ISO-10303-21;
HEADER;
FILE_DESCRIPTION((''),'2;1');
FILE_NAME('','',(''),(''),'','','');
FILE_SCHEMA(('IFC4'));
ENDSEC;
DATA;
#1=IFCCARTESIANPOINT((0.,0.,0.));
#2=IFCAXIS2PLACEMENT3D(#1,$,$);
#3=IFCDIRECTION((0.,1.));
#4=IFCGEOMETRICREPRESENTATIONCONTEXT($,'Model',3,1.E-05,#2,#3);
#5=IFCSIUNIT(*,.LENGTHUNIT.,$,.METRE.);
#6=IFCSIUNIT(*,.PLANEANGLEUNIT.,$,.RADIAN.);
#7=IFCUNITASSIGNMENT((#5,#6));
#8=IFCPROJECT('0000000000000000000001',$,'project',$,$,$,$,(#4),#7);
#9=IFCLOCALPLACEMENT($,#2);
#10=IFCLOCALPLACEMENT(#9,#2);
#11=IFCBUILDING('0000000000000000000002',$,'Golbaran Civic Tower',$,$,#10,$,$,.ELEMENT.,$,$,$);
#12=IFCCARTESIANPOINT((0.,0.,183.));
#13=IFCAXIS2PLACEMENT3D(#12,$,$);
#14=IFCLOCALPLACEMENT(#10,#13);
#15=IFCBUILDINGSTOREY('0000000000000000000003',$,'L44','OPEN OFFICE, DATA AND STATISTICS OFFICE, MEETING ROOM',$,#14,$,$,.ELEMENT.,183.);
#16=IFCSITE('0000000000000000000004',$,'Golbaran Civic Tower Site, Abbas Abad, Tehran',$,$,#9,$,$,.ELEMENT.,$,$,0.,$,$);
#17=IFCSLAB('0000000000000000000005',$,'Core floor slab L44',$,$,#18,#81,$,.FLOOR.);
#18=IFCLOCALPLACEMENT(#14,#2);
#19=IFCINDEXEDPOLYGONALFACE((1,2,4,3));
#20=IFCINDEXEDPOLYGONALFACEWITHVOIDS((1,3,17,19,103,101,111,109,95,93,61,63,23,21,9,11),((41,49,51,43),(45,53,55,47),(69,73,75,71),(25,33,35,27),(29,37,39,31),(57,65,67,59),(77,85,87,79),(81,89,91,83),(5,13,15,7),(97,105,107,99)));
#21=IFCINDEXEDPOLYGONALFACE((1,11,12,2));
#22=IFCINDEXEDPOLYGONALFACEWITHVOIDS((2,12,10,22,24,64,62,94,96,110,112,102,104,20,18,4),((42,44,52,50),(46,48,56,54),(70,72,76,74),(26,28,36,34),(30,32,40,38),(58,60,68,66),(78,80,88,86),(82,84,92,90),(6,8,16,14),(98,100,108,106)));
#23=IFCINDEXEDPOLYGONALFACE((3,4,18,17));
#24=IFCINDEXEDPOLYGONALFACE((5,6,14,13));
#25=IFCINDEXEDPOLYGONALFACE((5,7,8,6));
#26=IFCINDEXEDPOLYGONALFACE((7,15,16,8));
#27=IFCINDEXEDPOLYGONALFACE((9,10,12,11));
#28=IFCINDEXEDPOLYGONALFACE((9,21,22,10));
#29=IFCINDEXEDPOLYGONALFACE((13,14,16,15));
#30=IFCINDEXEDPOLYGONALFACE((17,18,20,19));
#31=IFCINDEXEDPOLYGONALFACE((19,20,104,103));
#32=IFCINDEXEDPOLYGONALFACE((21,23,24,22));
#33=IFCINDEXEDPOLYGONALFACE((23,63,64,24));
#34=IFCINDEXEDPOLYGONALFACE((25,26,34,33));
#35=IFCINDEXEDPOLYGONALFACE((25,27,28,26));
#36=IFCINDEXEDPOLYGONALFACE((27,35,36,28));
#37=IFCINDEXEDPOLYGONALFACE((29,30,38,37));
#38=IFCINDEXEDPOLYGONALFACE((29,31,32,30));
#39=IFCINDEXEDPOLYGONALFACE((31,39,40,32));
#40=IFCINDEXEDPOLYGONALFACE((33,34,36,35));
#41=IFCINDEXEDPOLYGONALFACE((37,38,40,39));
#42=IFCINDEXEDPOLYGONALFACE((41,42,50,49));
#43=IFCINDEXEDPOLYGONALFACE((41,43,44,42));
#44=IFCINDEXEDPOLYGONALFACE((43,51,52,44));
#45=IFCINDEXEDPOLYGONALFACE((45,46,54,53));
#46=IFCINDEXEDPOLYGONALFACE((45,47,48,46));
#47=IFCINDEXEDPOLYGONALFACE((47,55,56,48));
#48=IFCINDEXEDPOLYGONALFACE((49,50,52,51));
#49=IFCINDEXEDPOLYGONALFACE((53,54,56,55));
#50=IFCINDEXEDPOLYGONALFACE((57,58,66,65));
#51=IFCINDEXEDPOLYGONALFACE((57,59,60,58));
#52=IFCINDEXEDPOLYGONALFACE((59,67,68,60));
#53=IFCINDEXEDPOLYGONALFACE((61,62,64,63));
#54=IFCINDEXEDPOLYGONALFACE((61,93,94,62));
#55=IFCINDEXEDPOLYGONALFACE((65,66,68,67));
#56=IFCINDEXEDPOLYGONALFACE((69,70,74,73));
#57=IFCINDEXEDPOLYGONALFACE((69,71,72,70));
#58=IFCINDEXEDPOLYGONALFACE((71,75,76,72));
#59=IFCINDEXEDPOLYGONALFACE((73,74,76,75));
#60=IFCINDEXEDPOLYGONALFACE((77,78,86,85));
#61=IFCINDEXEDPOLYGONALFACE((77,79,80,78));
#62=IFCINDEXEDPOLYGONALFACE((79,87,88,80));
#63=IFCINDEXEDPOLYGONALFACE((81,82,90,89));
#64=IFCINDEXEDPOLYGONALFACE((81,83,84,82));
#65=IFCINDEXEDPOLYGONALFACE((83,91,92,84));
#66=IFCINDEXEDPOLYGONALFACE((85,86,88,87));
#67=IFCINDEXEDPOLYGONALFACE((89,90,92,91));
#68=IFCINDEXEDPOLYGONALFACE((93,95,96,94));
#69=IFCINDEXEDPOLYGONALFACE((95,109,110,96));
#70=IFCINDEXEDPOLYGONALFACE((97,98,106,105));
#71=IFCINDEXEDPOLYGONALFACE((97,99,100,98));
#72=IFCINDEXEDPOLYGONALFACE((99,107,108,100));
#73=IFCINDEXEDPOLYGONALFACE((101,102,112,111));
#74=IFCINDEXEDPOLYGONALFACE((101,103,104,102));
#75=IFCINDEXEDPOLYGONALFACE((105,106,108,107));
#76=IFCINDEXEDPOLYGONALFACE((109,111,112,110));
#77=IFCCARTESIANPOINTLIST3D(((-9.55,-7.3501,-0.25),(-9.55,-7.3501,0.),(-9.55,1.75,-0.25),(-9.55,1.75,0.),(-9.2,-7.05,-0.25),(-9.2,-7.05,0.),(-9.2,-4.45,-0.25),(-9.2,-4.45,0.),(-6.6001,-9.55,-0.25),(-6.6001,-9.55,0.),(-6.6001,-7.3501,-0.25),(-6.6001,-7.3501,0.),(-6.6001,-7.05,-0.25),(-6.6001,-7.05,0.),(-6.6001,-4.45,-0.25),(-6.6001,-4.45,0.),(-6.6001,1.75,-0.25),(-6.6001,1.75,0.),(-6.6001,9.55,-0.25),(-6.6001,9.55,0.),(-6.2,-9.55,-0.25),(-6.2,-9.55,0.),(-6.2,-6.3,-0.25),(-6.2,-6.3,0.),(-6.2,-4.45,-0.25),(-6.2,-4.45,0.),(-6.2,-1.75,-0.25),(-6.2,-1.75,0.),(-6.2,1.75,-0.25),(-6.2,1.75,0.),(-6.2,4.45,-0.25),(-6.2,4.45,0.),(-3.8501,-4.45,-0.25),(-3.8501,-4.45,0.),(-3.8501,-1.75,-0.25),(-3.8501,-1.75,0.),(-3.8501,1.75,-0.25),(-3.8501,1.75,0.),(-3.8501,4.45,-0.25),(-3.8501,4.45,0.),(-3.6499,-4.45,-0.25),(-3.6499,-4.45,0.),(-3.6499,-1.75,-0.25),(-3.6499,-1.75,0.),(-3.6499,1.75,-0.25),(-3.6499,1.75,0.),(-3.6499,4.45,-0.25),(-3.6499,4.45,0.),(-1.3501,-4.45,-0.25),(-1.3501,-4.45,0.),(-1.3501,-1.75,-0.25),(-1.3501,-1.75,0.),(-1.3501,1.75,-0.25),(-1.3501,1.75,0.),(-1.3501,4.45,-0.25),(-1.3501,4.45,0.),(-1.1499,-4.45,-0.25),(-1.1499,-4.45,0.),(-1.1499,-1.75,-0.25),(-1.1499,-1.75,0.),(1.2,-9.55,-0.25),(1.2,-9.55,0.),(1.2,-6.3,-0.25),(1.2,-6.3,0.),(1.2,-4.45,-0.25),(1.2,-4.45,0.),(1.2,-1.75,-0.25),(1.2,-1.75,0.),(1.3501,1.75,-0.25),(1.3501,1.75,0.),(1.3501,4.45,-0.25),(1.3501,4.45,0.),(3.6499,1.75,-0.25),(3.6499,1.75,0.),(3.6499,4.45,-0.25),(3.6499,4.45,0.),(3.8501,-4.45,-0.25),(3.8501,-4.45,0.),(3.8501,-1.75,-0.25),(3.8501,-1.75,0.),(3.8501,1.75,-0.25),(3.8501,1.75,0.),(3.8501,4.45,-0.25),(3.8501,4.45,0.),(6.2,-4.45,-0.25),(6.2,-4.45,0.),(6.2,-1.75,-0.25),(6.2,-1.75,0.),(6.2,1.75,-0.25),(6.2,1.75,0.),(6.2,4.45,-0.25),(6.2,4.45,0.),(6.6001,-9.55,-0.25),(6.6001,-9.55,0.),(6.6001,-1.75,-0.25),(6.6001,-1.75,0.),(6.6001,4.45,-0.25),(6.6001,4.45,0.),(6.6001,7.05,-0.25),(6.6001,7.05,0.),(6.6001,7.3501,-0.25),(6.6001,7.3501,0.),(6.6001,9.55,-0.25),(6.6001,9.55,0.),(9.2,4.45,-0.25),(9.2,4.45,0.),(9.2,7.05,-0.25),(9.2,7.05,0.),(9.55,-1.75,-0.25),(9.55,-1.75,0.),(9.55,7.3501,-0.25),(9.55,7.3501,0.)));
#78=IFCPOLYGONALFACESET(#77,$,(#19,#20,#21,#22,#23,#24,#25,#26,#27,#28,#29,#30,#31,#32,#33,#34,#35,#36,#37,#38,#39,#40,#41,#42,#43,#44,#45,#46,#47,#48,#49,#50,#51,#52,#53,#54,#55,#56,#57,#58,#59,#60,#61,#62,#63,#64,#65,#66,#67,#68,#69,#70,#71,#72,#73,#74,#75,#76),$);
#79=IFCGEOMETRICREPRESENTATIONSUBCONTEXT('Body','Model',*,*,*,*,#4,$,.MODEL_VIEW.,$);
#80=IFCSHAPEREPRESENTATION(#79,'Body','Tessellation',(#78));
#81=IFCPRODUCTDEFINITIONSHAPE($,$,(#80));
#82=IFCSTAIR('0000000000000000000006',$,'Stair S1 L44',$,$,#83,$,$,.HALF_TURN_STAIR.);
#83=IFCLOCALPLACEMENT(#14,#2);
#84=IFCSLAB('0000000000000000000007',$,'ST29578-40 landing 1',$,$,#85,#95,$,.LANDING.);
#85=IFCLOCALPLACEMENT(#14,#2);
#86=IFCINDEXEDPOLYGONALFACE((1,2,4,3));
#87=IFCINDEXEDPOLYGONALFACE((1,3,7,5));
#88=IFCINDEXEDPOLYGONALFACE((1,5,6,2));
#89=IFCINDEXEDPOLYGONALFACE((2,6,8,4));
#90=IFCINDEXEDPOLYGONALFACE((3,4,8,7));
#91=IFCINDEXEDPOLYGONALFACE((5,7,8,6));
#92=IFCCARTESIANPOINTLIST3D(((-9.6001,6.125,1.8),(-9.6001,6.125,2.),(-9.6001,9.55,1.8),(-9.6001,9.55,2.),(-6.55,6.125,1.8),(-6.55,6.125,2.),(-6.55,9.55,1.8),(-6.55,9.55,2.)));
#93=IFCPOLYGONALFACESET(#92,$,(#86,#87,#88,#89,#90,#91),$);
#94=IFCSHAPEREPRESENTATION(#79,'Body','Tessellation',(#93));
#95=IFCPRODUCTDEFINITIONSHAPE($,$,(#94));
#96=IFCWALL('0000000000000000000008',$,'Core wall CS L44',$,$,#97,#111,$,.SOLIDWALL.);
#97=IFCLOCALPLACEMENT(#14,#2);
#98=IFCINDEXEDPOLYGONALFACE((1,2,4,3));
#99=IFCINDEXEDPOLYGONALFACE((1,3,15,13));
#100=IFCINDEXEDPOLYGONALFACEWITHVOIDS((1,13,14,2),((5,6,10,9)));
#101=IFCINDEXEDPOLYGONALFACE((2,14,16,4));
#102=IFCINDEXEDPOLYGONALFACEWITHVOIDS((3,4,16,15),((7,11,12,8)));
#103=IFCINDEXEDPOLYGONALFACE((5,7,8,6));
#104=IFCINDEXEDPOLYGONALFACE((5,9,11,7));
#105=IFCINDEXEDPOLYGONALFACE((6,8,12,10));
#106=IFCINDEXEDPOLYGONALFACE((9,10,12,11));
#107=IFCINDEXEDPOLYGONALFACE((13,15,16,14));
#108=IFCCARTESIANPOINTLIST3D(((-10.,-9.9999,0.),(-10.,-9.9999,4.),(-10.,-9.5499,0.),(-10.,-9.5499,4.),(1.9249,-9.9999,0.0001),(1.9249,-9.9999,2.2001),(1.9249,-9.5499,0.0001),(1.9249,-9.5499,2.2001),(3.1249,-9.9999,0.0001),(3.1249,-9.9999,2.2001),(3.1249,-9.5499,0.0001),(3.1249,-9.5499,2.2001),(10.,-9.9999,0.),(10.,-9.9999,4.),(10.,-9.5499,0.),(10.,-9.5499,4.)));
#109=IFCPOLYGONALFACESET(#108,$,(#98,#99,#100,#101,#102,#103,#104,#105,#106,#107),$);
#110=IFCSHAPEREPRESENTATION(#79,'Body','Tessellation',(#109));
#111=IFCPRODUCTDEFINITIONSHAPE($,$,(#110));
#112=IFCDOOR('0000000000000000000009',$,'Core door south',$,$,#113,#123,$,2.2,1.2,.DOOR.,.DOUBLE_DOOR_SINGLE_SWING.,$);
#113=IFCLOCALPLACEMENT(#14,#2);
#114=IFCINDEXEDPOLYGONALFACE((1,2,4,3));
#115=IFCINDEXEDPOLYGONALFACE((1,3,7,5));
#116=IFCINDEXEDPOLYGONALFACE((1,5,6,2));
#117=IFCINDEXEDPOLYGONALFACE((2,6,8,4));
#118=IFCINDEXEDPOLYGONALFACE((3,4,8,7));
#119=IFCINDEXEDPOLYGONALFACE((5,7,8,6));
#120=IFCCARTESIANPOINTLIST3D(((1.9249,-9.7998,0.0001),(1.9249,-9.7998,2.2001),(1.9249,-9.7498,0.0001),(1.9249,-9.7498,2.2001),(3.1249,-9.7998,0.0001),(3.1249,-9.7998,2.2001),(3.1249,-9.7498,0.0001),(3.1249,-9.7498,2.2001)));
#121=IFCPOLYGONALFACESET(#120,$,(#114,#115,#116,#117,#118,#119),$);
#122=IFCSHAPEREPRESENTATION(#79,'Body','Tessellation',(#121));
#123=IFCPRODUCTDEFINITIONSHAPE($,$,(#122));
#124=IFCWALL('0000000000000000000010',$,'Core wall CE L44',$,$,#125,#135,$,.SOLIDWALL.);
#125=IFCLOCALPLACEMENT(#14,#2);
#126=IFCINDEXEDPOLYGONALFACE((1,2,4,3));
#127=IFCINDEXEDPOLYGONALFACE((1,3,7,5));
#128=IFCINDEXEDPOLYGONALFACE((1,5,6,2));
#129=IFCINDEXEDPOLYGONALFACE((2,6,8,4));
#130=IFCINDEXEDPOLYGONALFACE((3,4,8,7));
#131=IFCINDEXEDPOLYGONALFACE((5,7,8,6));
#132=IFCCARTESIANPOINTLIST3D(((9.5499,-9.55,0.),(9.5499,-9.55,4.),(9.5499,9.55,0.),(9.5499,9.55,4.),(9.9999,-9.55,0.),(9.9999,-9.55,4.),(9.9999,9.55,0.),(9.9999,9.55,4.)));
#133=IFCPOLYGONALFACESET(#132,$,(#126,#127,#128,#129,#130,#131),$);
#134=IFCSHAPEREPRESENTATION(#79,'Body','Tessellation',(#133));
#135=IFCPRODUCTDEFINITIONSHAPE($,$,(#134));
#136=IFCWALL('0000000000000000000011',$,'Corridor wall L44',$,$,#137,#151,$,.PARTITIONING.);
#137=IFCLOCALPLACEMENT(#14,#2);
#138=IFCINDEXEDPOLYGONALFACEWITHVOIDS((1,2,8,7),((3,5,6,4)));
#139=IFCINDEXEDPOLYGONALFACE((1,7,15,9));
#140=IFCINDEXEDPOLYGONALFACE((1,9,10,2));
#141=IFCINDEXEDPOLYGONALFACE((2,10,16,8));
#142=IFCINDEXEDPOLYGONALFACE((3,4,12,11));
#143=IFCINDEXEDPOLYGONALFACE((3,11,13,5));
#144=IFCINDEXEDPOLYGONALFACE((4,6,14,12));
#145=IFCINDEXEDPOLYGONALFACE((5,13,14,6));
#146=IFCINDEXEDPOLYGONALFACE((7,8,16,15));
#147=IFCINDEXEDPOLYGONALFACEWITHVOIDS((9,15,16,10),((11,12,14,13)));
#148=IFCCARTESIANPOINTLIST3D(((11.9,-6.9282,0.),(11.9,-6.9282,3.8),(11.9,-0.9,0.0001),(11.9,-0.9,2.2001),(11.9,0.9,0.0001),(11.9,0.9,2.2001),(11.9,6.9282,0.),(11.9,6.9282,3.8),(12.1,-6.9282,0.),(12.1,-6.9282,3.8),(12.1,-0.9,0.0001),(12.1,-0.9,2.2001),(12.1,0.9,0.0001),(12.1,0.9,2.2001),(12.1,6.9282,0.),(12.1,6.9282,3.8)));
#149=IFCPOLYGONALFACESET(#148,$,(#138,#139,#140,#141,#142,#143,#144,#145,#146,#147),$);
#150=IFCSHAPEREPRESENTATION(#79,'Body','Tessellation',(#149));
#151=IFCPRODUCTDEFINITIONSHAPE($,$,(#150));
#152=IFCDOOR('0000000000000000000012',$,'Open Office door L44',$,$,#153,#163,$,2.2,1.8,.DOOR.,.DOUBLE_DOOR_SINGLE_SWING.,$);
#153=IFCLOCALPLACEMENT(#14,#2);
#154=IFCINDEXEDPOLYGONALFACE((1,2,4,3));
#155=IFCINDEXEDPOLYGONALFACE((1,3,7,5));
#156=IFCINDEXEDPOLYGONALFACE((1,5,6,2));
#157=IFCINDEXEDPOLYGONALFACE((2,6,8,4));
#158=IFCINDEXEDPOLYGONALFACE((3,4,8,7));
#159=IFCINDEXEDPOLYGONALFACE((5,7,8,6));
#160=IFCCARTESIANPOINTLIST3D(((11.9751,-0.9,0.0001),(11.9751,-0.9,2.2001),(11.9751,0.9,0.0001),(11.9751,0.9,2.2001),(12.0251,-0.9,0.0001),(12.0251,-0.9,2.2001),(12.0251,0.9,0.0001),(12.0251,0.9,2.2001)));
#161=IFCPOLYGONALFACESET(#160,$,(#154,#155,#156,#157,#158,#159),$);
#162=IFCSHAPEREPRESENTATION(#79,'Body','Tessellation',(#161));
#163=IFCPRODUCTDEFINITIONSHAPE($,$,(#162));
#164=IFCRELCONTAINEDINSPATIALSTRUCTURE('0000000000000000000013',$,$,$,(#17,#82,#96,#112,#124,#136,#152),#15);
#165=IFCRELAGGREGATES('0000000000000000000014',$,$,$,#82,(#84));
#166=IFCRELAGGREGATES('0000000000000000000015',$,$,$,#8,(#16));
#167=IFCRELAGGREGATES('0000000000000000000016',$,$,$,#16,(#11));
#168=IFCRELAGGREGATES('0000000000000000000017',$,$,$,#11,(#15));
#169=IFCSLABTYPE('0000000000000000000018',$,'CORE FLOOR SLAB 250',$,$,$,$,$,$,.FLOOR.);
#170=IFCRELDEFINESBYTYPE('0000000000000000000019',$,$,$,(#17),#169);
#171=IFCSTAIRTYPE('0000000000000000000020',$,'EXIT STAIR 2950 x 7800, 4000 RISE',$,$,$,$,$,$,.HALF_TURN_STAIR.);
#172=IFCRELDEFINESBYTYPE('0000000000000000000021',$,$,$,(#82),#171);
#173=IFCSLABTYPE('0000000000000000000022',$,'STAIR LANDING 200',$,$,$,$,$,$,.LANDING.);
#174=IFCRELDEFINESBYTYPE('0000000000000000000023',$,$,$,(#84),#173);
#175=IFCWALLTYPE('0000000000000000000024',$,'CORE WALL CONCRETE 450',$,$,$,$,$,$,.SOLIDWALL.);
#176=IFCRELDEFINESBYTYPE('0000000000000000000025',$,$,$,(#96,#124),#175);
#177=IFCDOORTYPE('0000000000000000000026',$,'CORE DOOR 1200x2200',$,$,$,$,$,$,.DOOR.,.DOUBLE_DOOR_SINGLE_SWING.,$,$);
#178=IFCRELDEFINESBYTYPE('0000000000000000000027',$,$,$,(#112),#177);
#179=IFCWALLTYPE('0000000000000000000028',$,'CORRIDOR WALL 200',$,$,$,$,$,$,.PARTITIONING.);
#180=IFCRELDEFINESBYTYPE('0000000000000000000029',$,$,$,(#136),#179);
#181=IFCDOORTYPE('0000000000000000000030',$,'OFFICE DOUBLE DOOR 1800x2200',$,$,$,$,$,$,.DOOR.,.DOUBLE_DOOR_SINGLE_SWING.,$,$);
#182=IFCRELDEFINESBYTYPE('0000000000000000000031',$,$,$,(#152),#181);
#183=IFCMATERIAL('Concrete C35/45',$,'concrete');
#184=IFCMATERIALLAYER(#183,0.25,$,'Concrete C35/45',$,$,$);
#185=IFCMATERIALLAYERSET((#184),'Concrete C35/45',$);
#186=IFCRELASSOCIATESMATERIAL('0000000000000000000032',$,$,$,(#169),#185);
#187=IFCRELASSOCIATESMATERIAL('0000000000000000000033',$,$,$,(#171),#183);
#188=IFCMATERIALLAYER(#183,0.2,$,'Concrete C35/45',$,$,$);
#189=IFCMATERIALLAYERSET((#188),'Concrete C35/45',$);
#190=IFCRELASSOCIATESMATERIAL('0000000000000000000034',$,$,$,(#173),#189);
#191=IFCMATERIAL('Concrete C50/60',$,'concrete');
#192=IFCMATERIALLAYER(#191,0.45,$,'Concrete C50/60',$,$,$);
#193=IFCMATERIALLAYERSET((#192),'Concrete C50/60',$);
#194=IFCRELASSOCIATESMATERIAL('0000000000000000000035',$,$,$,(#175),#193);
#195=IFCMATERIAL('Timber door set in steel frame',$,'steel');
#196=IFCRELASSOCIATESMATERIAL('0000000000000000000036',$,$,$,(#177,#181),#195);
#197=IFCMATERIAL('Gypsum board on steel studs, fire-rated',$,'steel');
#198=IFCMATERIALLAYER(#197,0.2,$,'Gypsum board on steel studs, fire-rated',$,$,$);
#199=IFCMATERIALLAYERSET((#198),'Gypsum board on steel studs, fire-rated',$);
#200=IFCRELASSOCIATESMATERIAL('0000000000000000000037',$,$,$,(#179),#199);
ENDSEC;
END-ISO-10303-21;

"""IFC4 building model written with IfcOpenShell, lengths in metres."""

from ifc_helpers import new_model, si_unit, direction, frame, frame_2d, origin, place, context, subcontext, project, spatial, polyline, rectangle, outline, extrude, material, layer, layer_set, type_object, element, fill, aggregate, save


model = new_model("IFC4")

# Units and contexts
model_context = context("Model", 3, precision=1e-05, world=origin(), true_north=direction((0.0, 1.0)))
body_context = subcontext(model_context, "Body", "Model", "MODEL_VIEW")
ifc_project = project(units=[si_unit("LENGTHUNIT", "METRE"), si_unit("PLANEANGLEUNIT", "RADIAN")], contexts=[model_context])

# Site, building, storey
site_placement = place(None, origin())
site = spatial("IfcSite", under=ifc_project, at=site_placement, Name="Golbaran Civic Tower Site, Abbas Abad, Tehran", CompositionType="ELEMENT", RefElevation=0.0)
building_placement = place(site_placement, origin())
building = spatial("IfcBuilding", under=site, at=building_placement, Name="Golbaran Civic Tower", CompositionType="ELEMENT")
storey_placement = place(building_placement, frame((0.0, 0.0, 183.0)))
storey = spatial("IfcBuildingStorey", under=building, at=storey_placement, Name="L44", Description="OPEN OFFICE, DATA AND STATISTICS OFFICE, MEETING ROOM", CompositionType="ELEMENT", Elevation=183.0)

# Slab
ifc_material_1 = material(Name="Concrete C35/45", Category="concrete")
ifc_layer_1 = layer(ifc_material_1, 0.25, Name="Concrete C35/45")
ifc_layer_set_1 = layer_set([ifc_layer_1], Name="Concrete C35/45")
slab_type_1 = type_object("IfcSlabType", Name="CORE FLOOR SLAB 250", PredefinedType="FLOOR", material=ifc_layer_set_1)
slab_1_placement = place(storey_placement, frame((0.0, 0.0, -0.25)))
element("IfcSlab", 1, at=slab_1_placement, inside=storey, type_object=slab_type_1, Name="Core floor slab L44", PredefinedType="FLOOR", context=body_context, shape_type="SweptSolid", body=[
    extrude(outline(polyline([(6.6001, -1.75), (6.6001, -9.55), (1.2, -9.55), (1.2, -6.3), (-6.2, -6.3), (-6.2, -9.55), (-6.6001, -9.55), (-6.6001, -7.3501), (-9.55, -7.3501), (-9.55, 1.75), (-6.6001, 1.75), (-6.6001, 9.55), (6.6001, 9.55), (6.6001, 7.3501), (9.55, 7.3501), (9.55, -1.75), (6.6001, -1.75)]), holes=[polyline([(9.2, 7.05), (6.6001, 7.05), (6.6001, 4.45), (9.2, 4.45), (9.2, 7.05)]), polyline([(6.2, -1.75), (3.8501, -1.75), (3.8501, -4.45), (6.2, -4.45), (6.2, -1.75)]), polyline([(6.2, 4.45), (3.8501, 4.45), (3.8501, 1.75), (6.2, 1.75), (6.2, 4.45)]), polyline([(3.6499, 4.45), (1.3501, 4.45), (1.3501, 1.75), (3.6499, 1.75), (3.6499, 4.45)]), polyline([(1.2, -1.75), (-1.1499, -1.75), (-1.1499, -4.45), (1.2, -4.45), (1.2, -1.75)]), polyline([(-1.3501, 4.45), (-3.6499, 4.45), (-3.6499, 1.75), (-1.3501, 1.75), (-1.3501, 4.45)]), polyline([(-1.3501, -1.75), (-3.6499, -1.75), (-3.6499, -4.45), (-1.3501, -4.45), (-1.3501, -1.75)]), polyline([(-3.8501, -1.75), (-6.2, -1.75), (-6.2, -4.45), (-3.8501, -4.45), (-3.8501, -1.75)]), polyline([(-3.8501, 4.45), (-6.2, 4.45), (-6.2, 1.75), (-3.8501, 1.75), (-3.8501, 4.45)]), polyline([(-6.6001, -4.45), (-9.2, -4.45), (-9.2, -7.05), (-6.6001, -7.05), (-6.6001, -4.45)])]), origin(), (0.0, 0.0, 1.0), 0.25),
])

# Stair, slab
stair_type = type_object("IfcStairType", Name="EXIT STAIR 2950 x 7800, 4000 RISE", PredefinedType="HALF_TURN_STAIR", material=ifc_material_1)
stair_1_placement = place(storey_placement, origin())
stair_1 = element("IfcStair", 2, at=stair_1_placement, inside=storey, type_object=stair_type, Name="Stair S1 L44", PredefinedType="HALF_TURN_STAIR")
ifc_layer_2 = layer(ifc_material_1, 0.2, Name="Concrete C35/45")
ifc_layer_set_2 = layer_set([ifc_layer_2], Name="Concrete C35/45")
slab_type_2 = type_object("IfcSlabType", Name="STAIR LANDING 200", PredefinedType="LANDING", material=ifc_layer_set_2)
slab_2_placement = place(storey_placement, frame((0.0, 0.0, 1.8)))
slab_2 = element("IfcSlab", 3, at=slab_2_placement, type_object=slab_type_2, Name="ST29578-40 landing 1", PredefinedType="LANDING", context=body_context, shape_type="SweptSolid", body=[
    extrude(outline(polyline([(-9.6001, 6.125), (-9.6001, 9.55), (-6.55, 9.55), (-6.55, 6.125), (-9.6001, 6.125)])), origin(), (0.0, 0.0, 1.0), 0.2),
])
aggregate(stair_1, [slab_2])

# Wall, opening, door
ifc_material_2 = material(Name="Concrete C50/60", Category="concrete")
ifc_layer_3 = layer(ifc_material_2, 0.45, Name="Concrete C50/60")
ifc_layer_set_3 = layer_set([ifc_layer_3], Name="Concrete C50/60")
wall_type_1 = type_object("IfcWallType", Name="CORE WALL CONCRETE 450", PredefinedType="SOLIDWALL", material=ifc_layer_set_3)
wall_1_placement = place(storey_placement, frame((10.0, -9.7749, 0.0), z_axis=(0.0, 0.0, 1.0), x_axis=(-1.0, 0.0, 0.0)))
wall_1 = element("IfcWall", 4, at=wall_1_placement, inside=storey, type_object=wall_type_1, Name="Core wall CS L44", PredefinedType="SOLIDWALL", context=body_context, shape_type="SweptSolid", body=[
    extrude(rectangle(XDim=20.0, YDim=0.45, at=frame_2d((10.0, 0.0))), origin(), (0.0, 0.0, 1.0), 4.0),
])
opening_1_placement = place(wall_1_placement, frame((6.875, 0.0, 0.0)))
opening_1 = element("IfcOpeningElement", 5, at=opening_1_placement, cuts=wall_1, PredefinedType="OPENING", context=body_context, shape_type="SweptSolid", body=[
    extrude(rectangle(XDim=1.2, YDim=2.2, at=frame_2d((0.6001, 1.1001))), frame((0.0, 0.2349, 0.0), z_axis=(0.0, -1.0, 0.0), x_axis=(1.0, 0.0, 0.0)), (0.0, 0.0, 1.0), 0.47),
])
ifc_material_3 = material(Name="Timber door set in steel frame", Category="steel")
door_type_1 = type_object("IfcDoorType", Name="CORE DOOR 1200x2200", OperationType="DOUBLE_DOOR_SINGLE_SWING", PredefinedType="DOOR", material=ifc_material_3)
door_1_placement = place(opening_1_placement, origin())
door_1 = element("IfcDoor", 6, at=door_1_placement, inside=storey, type_object=door_type_1, Name="Core door south", OperationType="DOUBLE_DOOR_SINGLE_SWING", OverallHeight=2.2, OverallWidth=1.2, PredefinedType="DOOR", context=body_context, shape_type="SweptSolid", body=[
    extrude(rectangle(XDim=1.2, YDim=2.2, at=frame_2d((0.6001, 1.1001))), frame((0.0, 0.0249, 0.0), z_axis=(0.0, -1.0, 0.0), x_axis=(1.0, 0.0, 0.0)), (0.0, 0.0, 1.0), 0.05),
])
fill(opening_1, door_1)

# Wall
wall_2_placement = place(storey_placement, frame((9.7749, -9.55, 0.0), z_axis=(0.0, 0.0, 1.0), x_axis=(0.0, 1.0, 0.0)))
element("IfcWall", 7, at=wall_2_placement, inside=storey, type_object=wall_type_1, Name="Core wall CE L44", PredefinedType="SOLIDWALL", context=body_context, shape_type="SweptSolid", body=[
    extrude(rectangle(XDim=19.1001, YDim=0.45, at=frame_2d((9.55, 0.0))), origin(), (0.0, 0.0, 1.0), 4.0),
])

# Wall, opening, door
ifc_material_4 = material(Name="Gypsum board on steel studs, fire-rated", Category="steel")
ifc_layer_4 = layer(ifc_material_4, 0.2, Name="Gypsum board on steel studs, fire-rated")
ifc_layer_set_4 = layer_set([ifc_layer_4], Name="Gypsum board on steel studs, fire-rated")
wall_type_2 = type_object("IfcWallType", Name="CORRIDOR WALL 200", PredefinedType="PARTITIONING", material=ifc_layer_set_4)
wall_3_placement = place(storey_placement, frame((12.0, -6.9282, 0.0), z_axis=(0.0, 0.0, 1.0), x_axis=(0.0, 1.0, 0.0)))
wall_3 = element("IfcWall", 8, at=wall_3_placement, inside=storey, type_object=wall_type_2, Name="Corridor wall L44", PredefinedType="PARTITIONING", context=body_context, shape_type="SweptSolid", body=[
    extrude(rectangle(XDim=13.8564, YDim=0.2, at=frame_2d((6.9282, 0.0))), origin(), (0.0, 0.0, 1.0), 3.8),
])
opening_2_placement = place(wall_3_placement, frame((6.0283, 0.0, 0.0)))
opening_2 = element("IfcOpeningElement", 9, at=opening_2_placement, cuts=wall_3, PredefinedType="OPENING", context=body_context, shape_type="SweptSolid", body=[
    extrude(rectangle(XDim=1.8, YDim=2.2, at=frame_2d((0.8999, 1.1001))), frame((0.0, 0.1099, 0.0), z_axis=(0.0, -1.0, 0.0), x_axis=(1.0, 0.0, 0.0)), (0.0, 0.0, 1.0), 0.22),
])
door_type_2 = type_object("IfcDoorType", Name="OFFICE DOUBLE DOOR 1800x2200", OperationType="DOUBLE_DOOR_SINGLE_SWING", PredefinedType="DOOR", material=ifc_material_3)
door_2_placement = place(opening_2_placement, origin())
door_2 = element("IfcDoor", 10, at=door_2_placement, inside=storey, type_object=door_type_2, Name="Open Office door L44", OperationType="DOUBLE_DOOR_SINGLE_SWING", OverallHeight=2.2, OverallWidth=1.8, PredefinedType="DOOR", context=body_context, shape_type="SweptSolid", body=[
    extrude(rectangle(XDim=1.8, YDim=2.2, at=frame_2d((0.8999, 1.1001))), frame((0.0, 0.0249, 0.0), z_axis=(0.0, -1.0, 0.0), x_axis=(1.0, 0.0, 0.0)), (0.0, 0.0, 1.0), 0.05),
])
fill(opening_2, door_2)

save(model, "model.ifc")
